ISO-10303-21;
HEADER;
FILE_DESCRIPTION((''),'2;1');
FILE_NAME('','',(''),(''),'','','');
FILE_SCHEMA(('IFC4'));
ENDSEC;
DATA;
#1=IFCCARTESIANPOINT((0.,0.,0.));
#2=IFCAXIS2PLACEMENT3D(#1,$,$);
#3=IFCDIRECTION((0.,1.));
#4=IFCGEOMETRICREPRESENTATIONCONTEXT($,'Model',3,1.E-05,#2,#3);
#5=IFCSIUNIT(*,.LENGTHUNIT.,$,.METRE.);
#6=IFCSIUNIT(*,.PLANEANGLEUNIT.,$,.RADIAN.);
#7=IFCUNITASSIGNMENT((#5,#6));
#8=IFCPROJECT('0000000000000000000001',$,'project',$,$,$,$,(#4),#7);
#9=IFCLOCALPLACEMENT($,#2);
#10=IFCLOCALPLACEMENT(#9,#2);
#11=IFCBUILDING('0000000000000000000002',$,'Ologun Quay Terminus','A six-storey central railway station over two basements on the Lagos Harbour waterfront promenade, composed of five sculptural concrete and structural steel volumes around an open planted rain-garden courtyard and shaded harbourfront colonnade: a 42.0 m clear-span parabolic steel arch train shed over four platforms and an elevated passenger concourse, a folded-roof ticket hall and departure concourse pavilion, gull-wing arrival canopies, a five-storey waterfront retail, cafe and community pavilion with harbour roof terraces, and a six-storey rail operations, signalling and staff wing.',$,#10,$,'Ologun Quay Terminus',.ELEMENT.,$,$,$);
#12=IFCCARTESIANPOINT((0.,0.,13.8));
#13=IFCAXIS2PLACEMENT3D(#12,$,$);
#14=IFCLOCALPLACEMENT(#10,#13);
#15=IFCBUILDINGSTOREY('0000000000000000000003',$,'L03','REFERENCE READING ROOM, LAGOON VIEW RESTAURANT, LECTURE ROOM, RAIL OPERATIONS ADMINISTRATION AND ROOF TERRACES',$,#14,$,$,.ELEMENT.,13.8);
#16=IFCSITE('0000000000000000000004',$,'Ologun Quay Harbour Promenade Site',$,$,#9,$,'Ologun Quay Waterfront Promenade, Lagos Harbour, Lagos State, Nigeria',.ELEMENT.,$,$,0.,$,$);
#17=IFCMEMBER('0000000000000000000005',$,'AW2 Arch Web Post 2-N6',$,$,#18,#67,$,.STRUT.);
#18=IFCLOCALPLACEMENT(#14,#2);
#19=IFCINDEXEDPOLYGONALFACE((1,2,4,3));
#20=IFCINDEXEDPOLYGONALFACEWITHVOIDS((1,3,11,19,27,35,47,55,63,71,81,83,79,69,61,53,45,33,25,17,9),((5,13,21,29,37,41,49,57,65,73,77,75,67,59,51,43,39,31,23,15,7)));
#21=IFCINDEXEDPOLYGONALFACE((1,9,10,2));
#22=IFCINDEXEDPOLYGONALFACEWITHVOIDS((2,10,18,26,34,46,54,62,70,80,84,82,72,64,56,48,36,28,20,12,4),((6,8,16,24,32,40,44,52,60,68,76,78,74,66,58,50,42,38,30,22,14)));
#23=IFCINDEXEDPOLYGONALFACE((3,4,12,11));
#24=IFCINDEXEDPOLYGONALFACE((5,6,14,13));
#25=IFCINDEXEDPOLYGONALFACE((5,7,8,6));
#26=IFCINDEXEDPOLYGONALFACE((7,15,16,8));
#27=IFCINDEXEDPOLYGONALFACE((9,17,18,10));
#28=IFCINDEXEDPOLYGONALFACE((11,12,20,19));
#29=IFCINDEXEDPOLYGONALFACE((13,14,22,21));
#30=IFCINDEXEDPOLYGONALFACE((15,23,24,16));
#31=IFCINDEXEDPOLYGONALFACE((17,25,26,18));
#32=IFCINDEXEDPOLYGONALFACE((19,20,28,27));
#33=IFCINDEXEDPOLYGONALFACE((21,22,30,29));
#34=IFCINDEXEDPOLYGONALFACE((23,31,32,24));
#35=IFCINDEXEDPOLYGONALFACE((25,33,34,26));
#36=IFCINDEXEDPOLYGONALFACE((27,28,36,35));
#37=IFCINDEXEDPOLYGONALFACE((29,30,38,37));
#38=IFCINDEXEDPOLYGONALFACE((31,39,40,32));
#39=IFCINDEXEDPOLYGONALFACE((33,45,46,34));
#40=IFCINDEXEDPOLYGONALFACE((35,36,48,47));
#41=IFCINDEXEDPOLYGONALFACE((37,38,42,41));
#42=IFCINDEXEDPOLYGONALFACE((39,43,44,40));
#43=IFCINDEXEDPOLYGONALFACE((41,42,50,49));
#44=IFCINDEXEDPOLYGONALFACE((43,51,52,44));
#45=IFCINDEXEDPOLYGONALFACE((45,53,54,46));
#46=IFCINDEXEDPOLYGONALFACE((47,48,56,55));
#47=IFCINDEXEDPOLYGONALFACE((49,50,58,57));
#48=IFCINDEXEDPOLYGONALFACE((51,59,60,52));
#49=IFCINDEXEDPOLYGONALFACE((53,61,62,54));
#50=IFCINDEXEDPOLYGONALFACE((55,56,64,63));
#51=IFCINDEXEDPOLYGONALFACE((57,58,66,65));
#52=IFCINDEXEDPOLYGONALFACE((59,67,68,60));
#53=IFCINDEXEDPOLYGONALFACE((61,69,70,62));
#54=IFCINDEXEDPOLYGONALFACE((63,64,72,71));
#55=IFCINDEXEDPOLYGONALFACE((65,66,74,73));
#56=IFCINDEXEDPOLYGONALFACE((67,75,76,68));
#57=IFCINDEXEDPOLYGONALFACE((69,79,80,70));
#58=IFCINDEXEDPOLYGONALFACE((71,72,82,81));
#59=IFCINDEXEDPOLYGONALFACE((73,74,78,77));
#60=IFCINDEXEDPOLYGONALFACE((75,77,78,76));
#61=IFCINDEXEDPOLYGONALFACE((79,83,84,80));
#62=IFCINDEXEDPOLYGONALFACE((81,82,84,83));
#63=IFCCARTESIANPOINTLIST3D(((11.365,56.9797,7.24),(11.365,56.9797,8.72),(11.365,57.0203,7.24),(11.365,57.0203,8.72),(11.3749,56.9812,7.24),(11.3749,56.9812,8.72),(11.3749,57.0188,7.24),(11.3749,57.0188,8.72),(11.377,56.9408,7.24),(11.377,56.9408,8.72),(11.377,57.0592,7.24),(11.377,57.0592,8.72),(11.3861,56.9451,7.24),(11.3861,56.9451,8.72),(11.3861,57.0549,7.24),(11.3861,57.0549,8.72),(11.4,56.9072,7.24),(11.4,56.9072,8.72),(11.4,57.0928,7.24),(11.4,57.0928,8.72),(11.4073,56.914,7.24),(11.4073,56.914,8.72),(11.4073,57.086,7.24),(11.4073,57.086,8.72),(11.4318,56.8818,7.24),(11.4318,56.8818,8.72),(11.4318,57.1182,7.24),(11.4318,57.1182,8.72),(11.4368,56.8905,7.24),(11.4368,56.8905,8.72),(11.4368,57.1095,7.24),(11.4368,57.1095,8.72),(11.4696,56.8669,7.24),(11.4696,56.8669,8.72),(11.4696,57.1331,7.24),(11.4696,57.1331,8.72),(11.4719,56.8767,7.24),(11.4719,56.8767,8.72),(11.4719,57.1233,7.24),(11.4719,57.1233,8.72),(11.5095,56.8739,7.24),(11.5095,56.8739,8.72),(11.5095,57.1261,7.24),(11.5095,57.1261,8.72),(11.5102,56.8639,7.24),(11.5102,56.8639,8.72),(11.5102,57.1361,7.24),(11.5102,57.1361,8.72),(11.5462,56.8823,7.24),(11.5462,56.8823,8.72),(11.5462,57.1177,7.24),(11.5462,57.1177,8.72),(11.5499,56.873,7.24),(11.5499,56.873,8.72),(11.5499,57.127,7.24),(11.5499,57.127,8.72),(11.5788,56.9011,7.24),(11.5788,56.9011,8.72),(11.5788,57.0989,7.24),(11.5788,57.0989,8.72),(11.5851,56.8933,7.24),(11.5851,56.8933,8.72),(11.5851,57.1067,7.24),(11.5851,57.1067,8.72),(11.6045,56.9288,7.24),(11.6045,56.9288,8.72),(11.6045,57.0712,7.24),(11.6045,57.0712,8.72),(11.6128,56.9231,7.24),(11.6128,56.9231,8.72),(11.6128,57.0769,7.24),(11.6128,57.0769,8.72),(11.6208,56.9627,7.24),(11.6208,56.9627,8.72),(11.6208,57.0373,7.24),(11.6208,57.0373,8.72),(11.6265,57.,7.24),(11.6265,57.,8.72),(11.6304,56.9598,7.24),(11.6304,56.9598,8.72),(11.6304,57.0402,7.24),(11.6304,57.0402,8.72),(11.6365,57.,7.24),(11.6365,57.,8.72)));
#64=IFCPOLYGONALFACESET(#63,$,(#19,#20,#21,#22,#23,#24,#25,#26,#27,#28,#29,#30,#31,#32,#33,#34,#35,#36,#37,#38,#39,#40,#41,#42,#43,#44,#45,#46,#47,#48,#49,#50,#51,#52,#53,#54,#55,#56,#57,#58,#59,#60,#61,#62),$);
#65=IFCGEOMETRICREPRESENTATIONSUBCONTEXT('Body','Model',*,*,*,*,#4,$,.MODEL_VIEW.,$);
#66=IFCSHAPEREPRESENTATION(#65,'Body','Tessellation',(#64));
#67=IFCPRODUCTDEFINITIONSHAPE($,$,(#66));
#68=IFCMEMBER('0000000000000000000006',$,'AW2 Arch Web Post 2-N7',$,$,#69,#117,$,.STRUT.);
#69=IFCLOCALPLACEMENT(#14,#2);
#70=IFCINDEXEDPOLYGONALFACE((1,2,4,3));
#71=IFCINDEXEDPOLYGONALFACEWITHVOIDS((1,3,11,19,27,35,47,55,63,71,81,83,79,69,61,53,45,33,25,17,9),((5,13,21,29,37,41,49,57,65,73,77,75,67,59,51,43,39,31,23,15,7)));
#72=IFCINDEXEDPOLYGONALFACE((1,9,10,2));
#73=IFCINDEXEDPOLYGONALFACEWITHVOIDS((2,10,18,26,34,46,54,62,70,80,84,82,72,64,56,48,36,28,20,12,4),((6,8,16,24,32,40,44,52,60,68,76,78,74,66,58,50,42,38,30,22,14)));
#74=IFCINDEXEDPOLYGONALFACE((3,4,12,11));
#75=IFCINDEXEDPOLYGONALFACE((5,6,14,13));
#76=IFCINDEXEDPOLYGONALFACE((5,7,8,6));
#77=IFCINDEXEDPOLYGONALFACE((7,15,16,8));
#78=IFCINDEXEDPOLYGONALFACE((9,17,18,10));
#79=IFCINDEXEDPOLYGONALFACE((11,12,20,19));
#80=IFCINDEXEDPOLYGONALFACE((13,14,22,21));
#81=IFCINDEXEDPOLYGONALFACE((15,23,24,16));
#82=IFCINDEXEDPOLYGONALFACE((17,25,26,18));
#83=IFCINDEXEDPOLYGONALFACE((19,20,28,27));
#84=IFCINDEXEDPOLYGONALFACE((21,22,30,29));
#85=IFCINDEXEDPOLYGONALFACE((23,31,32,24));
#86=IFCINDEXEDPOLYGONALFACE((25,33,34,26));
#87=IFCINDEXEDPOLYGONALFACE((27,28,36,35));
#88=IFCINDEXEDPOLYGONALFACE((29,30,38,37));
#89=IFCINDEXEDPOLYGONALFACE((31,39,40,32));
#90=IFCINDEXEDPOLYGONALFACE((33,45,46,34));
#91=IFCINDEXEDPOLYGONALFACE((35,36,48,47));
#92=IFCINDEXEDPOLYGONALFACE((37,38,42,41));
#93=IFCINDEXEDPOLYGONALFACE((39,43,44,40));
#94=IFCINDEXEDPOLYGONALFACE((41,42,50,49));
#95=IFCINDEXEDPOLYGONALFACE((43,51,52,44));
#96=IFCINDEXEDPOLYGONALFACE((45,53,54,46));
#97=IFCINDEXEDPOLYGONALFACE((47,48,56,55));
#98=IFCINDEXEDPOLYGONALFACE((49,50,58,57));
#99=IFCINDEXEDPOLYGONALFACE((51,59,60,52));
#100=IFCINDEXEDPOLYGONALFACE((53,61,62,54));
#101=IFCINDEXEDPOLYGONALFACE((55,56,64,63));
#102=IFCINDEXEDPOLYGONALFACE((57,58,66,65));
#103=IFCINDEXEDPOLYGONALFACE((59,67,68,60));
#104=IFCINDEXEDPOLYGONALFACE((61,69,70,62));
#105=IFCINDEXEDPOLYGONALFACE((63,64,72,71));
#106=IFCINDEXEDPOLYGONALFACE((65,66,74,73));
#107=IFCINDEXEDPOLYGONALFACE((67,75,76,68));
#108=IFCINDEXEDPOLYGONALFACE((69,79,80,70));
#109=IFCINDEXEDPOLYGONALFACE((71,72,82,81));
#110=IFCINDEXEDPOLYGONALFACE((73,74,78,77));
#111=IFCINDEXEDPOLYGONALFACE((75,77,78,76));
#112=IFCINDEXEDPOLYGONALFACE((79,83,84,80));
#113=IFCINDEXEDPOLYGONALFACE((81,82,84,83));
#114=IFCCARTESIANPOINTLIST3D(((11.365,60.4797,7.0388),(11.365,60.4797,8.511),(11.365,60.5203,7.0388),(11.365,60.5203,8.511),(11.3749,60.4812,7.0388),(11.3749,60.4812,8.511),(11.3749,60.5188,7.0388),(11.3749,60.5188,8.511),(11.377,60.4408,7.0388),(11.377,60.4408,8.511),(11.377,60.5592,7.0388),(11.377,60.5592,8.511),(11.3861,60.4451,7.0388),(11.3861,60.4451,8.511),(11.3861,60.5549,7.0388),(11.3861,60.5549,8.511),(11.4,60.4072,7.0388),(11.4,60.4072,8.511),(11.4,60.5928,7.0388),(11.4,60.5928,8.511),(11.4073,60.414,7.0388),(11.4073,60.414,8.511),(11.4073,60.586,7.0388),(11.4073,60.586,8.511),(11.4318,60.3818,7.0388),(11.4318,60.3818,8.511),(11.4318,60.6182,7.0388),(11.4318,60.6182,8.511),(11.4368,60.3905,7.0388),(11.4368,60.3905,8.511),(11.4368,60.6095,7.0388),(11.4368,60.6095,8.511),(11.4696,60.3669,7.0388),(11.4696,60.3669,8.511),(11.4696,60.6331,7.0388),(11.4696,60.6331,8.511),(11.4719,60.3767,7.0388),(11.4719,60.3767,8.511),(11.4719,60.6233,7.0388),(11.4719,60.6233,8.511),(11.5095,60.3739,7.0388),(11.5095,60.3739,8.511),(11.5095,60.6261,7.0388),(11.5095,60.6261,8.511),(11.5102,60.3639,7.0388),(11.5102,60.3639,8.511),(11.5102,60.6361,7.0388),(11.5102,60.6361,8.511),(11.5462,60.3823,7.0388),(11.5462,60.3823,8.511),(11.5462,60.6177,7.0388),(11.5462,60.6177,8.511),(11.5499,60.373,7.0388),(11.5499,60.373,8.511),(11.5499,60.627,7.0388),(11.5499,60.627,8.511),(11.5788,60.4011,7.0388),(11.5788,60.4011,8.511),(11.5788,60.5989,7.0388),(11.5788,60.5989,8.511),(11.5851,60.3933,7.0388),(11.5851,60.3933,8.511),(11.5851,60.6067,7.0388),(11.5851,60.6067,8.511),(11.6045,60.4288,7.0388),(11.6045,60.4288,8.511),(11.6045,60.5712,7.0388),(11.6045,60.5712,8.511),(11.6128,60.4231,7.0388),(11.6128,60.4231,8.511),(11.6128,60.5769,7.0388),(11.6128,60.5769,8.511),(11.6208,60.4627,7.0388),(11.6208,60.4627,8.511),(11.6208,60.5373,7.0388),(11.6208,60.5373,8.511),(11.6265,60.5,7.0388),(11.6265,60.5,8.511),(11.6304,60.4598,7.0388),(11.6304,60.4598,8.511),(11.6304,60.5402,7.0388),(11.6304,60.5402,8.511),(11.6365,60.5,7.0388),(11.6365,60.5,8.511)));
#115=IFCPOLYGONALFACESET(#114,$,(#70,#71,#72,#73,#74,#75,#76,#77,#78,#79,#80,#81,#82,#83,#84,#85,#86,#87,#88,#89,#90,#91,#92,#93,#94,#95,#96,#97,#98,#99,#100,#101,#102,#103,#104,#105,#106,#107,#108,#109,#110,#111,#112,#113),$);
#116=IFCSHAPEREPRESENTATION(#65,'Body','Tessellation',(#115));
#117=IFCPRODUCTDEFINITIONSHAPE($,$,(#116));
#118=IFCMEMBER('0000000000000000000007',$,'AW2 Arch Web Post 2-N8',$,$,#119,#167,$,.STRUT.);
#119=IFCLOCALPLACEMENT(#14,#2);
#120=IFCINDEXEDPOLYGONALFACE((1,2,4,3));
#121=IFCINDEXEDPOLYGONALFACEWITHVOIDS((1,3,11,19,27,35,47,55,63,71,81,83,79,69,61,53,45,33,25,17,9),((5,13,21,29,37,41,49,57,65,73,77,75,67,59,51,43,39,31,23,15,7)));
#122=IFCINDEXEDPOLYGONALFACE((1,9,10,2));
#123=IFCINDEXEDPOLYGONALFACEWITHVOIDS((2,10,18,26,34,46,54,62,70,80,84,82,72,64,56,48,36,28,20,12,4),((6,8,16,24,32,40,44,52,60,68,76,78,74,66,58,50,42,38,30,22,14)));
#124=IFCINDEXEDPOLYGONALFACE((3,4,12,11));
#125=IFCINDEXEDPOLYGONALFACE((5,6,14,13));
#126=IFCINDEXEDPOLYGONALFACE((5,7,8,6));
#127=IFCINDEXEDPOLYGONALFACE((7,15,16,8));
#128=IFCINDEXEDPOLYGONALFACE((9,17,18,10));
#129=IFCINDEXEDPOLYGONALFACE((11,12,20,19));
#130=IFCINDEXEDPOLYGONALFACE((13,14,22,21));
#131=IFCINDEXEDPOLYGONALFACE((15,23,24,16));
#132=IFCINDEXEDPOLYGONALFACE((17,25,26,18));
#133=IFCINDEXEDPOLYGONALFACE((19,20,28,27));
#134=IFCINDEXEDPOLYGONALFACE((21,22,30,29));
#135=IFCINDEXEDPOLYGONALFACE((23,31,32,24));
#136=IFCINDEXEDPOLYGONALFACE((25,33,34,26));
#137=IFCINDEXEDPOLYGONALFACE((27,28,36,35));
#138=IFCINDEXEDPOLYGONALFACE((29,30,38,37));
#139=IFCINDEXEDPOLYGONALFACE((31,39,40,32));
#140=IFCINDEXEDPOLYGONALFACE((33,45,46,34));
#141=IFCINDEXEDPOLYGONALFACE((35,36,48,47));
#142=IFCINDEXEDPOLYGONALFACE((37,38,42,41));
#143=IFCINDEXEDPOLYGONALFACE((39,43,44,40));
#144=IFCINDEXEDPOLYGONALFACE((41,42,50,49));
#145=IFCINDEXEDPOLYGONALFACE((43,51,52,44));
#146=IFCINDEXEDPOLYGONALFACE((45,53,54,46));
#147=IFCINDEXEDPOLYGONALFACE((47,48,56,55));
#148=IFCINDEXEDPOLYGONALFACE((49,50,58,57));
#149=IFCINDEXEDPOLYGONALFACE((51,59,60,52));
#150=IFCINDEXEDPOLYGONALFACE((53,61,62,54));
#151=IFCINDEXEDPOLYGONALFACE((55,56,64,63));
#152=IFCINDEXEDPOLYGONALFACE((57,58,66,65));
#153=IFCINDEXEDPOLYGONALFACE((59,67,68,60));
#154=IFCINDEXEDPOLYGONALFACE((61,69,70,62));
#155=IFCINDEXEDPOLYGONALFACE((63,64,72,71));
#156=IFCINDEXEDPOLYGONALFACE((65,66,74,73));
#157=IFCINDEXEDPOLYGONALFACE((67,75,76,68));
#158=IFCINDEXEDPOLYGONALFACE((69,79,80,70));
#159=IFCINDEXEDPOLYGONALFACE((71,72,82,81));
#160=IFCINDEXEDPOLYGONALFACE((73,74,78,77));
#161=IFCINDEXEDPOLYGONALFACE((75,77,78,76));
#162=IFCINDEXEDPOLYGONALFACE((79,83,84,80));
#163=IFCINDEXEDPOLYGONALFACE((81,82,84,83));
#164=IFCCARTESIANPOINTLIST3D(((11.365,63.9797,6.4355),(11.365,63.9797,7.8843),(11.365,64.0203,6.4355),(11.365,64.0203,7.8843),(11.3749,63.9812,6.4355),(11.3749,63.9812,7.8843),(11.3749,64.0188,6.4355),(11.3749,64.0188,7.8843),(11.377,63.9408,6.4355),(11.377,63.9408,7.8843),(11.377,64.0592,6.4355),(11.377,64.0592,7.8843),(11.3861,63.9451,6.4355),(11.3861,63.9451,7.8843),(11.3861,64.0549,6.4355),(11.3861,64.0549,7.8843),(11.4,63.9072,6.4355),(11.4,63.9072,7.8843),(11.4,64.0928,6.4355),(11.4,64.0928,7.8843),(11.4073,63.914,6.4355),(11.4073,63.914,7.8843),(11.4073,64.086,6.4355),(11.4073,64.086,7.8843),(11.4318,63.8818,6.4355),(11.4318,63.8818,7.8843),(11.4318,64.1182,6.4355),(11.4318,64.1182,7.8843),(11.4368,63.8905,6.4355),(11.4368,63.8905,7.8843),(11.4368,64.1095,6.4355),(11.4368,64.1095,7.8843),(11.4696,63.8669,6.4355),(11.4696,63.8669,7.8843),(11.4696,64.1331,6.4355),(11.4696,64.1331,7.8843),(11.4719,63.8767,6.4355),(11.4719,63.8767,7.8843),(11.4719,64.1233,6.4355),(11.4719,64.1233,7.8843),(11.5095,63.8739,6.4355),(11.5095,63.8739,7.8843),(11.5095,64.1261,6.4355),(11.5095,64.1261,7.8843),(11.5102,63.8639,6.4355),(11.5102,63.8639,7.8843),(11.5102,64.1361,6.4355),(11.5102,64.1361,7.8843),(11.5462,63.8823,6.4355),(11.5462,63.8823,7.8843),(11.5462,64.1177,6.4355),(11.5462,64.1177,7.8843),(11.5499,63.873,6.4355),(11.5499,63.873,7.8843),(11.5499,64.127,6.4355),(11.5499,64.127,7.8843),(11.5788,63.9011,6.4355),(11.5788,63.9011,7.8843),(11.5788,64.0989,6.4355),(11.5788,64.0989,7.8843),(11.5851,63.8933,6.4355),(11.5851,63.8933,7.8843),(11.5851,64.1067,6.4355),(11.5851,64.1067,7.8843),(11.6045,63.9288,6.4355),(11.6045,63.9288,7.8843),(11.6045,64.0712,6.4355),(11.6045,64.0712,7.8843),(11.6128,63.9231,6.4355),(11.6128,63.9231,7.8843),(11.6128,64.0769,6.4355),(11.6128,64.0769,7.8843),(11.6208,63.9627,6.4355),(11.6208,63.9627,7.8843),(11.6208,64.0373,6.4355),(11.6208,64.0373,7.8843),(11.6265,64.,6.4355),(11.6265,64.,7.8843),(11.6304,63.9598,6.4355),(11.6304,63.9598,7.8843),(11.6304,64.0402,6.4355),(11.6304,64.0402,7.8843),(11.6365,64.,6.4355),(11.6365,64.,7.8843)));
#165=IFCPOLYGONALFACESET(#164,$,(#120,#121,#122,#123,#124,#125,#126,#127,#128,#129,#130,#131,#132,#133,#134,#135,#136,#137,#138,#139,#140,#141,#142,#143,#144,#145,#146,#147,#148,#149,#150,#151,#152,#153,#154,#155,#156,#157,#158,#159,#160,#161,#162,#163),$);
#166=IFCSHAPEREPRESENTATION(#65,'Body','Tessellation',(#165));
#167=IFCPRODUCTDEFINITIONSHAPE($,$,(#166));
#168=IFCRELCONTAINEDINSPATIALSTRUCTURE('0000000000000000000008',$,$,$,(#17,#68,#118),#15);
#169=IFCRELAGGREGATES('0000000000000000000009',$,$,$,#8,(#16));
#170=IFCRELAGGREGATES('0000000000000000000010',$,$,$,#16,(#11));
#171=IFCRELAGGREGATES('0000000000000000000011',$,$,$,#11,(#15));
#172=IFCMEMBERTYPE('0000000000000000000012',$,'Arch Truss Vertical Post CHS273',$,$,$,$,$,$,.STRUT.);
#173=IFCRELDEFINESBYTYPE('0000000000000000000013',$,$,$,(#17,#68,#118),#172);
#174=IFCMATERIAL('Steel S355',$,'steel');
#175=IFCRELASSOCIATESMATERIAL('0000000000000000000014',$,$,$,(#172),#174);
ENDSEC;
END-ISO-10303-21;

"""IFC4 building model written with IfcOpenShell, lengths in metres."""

from ifc_helpers import new_model, si_unit, direction, frame, origin, origin_2d, place, context, subcontext, project, spatial, hollow_circle, extrude, material, material_profile, profile_set, type_object, element, save


model = new_model("IFC4")

# Units and contexts
model_context = context("Model", 3, precision=1e-05, world=origin(), true_north=direction((0.0, 1.0)))
body_context = subcontext(model_context, "Body", "Model", "MODEL_VIEW")
ifc_project = project(units=[si_unit("LENGTHUNIT", "METRE"), si_unit("PLANEANGLEUNIT", "RADIAN")], contexts=[model_context])

# Site, building, storey
site_placement = place(None, origin())
site = spatial("IfcSite", under=ifc_project, at=site_placement, Name="Ologun Quay Harbour Promenade Site", LongName="Ologun Quay Waterfront Promenade, Lagos Harbour, Lagos State, Nigeria", CompositionType="ELEMENT", RefElevation=0.0)
building_placement = place(site_placement, origin())
building = spatial("IfcBuilding", under=site, at=building_placement, Name="Ologun Quay Terminus", Description="A six-storey central railway station over two basements on the Lagos Harbour waterfront promenade, composed of five sculptural concrete and structural steel volumes around an open planted rain-garden courtyard and shaded harbourfront colonnade: a 42.0 m clear-span parabolic steel arch train shed over four platforms and an elevated passenger concourse, a folded-roof ticket hall and departure concourse pavilion, gull-wing arrival canopies, a five-storey waterfront retail, cafe and community pavilion with harbour roof terraces, and a six-storey rail operations, signalling and staff wing.", LongName="Ologun Quay Terminus", CompositionType="ELEMENT")
storey_placement = place(building_placement, frame((0.0, 0.0, 13.8)))
storey = spatial("IfcBuildingStorey", under=building, at=storey_placement, Name="L03", Description="REFERENCE READING ROOM, LAGOON VIEW RESTAURANT, LECTURE ROOM, RAIL OPERATIONS ADMINISTRATION AND ROOF TERRACES", CompositionType="ELEMENT", Elevation=13.8)

# Members
ifc_material_1 = material(Name="Steel S355", Category="steel")
ifc_material_profile_1 = material_profile(ifc_material_1, hollow_circle(Radius=0.1365, WallThickness=0.01, at=origin_2d()), Name="CHS 273x10")
ifc_profile_set_1 = profile_set([ifc_material_profile_1], Name="Steel S355")
member_type_1 = type_object("IfcMemberType", Name="Arch Truss Vertical Post CHS273", PredefinedType="STRUT", material=ifc_profile_set_1)
member_1_placement = place(storey_placement, frame((11.5, 57.0, 7.24), z_axis=(0.0, 0.0, 1.0), x_axis=(1.0, 0.0, 0.0)))
element("IfcMember", 1, at=member_1_placement, inside=storey, type_object=member_type_1, Name="AW2 Arch Web Post 2-N6", PredefinedType="STRUT", context=body_context, shape_type="SweptSolid", body=[
    extrude(hollow_circle(Radius=0.1365, WallThickness=0.01, at=origin_2d()), origin(), (0.0, 0.0, 1.0), 1.48),
])
member_2_placement = place(storey_placement, frame((11.5, 60.5, 7.0388), z_axis=(0.0, 0.0, 1.0), x_axis=(1.0, 0.0, 0.0)))
element("IfcMember", 2, at=member_2_placement, inside=storey, type_object=member_type_1, Name="AW2 Arch Web Post 2-N7", PredefinedType="STRUT", context=body_context, shape_type="SweptSolid", body=[
    extrude(hollow_circle(Radius=0.1365, WallThickness=0.01, at=origin_2d()), origin(), (0.0, 0.0, 1.0), 1.4722),
])
member_3_placement = place(storey_placement, frame((11.5, 64.0, 6.4355), z_axis=(0.0, 0.0, 1.0), x_axis=(1.0, 0.0, 0.0)))
element("IfcMember", 3, at=member_3_placement, inside=storey, type_object=member_type_1, Name="AW2 Arch Web Post 2-N8", PredefinedType="STRUT", context=body_context, shape_type="SweptSolid", body=[
    extrude(hollow_circle(Radius=0.1365, WallThickness=0.01, at=origin_2d()), origin(), (0.0, 0.0, 1.0), 1.4487),
])

save(model, "model.ifc")
